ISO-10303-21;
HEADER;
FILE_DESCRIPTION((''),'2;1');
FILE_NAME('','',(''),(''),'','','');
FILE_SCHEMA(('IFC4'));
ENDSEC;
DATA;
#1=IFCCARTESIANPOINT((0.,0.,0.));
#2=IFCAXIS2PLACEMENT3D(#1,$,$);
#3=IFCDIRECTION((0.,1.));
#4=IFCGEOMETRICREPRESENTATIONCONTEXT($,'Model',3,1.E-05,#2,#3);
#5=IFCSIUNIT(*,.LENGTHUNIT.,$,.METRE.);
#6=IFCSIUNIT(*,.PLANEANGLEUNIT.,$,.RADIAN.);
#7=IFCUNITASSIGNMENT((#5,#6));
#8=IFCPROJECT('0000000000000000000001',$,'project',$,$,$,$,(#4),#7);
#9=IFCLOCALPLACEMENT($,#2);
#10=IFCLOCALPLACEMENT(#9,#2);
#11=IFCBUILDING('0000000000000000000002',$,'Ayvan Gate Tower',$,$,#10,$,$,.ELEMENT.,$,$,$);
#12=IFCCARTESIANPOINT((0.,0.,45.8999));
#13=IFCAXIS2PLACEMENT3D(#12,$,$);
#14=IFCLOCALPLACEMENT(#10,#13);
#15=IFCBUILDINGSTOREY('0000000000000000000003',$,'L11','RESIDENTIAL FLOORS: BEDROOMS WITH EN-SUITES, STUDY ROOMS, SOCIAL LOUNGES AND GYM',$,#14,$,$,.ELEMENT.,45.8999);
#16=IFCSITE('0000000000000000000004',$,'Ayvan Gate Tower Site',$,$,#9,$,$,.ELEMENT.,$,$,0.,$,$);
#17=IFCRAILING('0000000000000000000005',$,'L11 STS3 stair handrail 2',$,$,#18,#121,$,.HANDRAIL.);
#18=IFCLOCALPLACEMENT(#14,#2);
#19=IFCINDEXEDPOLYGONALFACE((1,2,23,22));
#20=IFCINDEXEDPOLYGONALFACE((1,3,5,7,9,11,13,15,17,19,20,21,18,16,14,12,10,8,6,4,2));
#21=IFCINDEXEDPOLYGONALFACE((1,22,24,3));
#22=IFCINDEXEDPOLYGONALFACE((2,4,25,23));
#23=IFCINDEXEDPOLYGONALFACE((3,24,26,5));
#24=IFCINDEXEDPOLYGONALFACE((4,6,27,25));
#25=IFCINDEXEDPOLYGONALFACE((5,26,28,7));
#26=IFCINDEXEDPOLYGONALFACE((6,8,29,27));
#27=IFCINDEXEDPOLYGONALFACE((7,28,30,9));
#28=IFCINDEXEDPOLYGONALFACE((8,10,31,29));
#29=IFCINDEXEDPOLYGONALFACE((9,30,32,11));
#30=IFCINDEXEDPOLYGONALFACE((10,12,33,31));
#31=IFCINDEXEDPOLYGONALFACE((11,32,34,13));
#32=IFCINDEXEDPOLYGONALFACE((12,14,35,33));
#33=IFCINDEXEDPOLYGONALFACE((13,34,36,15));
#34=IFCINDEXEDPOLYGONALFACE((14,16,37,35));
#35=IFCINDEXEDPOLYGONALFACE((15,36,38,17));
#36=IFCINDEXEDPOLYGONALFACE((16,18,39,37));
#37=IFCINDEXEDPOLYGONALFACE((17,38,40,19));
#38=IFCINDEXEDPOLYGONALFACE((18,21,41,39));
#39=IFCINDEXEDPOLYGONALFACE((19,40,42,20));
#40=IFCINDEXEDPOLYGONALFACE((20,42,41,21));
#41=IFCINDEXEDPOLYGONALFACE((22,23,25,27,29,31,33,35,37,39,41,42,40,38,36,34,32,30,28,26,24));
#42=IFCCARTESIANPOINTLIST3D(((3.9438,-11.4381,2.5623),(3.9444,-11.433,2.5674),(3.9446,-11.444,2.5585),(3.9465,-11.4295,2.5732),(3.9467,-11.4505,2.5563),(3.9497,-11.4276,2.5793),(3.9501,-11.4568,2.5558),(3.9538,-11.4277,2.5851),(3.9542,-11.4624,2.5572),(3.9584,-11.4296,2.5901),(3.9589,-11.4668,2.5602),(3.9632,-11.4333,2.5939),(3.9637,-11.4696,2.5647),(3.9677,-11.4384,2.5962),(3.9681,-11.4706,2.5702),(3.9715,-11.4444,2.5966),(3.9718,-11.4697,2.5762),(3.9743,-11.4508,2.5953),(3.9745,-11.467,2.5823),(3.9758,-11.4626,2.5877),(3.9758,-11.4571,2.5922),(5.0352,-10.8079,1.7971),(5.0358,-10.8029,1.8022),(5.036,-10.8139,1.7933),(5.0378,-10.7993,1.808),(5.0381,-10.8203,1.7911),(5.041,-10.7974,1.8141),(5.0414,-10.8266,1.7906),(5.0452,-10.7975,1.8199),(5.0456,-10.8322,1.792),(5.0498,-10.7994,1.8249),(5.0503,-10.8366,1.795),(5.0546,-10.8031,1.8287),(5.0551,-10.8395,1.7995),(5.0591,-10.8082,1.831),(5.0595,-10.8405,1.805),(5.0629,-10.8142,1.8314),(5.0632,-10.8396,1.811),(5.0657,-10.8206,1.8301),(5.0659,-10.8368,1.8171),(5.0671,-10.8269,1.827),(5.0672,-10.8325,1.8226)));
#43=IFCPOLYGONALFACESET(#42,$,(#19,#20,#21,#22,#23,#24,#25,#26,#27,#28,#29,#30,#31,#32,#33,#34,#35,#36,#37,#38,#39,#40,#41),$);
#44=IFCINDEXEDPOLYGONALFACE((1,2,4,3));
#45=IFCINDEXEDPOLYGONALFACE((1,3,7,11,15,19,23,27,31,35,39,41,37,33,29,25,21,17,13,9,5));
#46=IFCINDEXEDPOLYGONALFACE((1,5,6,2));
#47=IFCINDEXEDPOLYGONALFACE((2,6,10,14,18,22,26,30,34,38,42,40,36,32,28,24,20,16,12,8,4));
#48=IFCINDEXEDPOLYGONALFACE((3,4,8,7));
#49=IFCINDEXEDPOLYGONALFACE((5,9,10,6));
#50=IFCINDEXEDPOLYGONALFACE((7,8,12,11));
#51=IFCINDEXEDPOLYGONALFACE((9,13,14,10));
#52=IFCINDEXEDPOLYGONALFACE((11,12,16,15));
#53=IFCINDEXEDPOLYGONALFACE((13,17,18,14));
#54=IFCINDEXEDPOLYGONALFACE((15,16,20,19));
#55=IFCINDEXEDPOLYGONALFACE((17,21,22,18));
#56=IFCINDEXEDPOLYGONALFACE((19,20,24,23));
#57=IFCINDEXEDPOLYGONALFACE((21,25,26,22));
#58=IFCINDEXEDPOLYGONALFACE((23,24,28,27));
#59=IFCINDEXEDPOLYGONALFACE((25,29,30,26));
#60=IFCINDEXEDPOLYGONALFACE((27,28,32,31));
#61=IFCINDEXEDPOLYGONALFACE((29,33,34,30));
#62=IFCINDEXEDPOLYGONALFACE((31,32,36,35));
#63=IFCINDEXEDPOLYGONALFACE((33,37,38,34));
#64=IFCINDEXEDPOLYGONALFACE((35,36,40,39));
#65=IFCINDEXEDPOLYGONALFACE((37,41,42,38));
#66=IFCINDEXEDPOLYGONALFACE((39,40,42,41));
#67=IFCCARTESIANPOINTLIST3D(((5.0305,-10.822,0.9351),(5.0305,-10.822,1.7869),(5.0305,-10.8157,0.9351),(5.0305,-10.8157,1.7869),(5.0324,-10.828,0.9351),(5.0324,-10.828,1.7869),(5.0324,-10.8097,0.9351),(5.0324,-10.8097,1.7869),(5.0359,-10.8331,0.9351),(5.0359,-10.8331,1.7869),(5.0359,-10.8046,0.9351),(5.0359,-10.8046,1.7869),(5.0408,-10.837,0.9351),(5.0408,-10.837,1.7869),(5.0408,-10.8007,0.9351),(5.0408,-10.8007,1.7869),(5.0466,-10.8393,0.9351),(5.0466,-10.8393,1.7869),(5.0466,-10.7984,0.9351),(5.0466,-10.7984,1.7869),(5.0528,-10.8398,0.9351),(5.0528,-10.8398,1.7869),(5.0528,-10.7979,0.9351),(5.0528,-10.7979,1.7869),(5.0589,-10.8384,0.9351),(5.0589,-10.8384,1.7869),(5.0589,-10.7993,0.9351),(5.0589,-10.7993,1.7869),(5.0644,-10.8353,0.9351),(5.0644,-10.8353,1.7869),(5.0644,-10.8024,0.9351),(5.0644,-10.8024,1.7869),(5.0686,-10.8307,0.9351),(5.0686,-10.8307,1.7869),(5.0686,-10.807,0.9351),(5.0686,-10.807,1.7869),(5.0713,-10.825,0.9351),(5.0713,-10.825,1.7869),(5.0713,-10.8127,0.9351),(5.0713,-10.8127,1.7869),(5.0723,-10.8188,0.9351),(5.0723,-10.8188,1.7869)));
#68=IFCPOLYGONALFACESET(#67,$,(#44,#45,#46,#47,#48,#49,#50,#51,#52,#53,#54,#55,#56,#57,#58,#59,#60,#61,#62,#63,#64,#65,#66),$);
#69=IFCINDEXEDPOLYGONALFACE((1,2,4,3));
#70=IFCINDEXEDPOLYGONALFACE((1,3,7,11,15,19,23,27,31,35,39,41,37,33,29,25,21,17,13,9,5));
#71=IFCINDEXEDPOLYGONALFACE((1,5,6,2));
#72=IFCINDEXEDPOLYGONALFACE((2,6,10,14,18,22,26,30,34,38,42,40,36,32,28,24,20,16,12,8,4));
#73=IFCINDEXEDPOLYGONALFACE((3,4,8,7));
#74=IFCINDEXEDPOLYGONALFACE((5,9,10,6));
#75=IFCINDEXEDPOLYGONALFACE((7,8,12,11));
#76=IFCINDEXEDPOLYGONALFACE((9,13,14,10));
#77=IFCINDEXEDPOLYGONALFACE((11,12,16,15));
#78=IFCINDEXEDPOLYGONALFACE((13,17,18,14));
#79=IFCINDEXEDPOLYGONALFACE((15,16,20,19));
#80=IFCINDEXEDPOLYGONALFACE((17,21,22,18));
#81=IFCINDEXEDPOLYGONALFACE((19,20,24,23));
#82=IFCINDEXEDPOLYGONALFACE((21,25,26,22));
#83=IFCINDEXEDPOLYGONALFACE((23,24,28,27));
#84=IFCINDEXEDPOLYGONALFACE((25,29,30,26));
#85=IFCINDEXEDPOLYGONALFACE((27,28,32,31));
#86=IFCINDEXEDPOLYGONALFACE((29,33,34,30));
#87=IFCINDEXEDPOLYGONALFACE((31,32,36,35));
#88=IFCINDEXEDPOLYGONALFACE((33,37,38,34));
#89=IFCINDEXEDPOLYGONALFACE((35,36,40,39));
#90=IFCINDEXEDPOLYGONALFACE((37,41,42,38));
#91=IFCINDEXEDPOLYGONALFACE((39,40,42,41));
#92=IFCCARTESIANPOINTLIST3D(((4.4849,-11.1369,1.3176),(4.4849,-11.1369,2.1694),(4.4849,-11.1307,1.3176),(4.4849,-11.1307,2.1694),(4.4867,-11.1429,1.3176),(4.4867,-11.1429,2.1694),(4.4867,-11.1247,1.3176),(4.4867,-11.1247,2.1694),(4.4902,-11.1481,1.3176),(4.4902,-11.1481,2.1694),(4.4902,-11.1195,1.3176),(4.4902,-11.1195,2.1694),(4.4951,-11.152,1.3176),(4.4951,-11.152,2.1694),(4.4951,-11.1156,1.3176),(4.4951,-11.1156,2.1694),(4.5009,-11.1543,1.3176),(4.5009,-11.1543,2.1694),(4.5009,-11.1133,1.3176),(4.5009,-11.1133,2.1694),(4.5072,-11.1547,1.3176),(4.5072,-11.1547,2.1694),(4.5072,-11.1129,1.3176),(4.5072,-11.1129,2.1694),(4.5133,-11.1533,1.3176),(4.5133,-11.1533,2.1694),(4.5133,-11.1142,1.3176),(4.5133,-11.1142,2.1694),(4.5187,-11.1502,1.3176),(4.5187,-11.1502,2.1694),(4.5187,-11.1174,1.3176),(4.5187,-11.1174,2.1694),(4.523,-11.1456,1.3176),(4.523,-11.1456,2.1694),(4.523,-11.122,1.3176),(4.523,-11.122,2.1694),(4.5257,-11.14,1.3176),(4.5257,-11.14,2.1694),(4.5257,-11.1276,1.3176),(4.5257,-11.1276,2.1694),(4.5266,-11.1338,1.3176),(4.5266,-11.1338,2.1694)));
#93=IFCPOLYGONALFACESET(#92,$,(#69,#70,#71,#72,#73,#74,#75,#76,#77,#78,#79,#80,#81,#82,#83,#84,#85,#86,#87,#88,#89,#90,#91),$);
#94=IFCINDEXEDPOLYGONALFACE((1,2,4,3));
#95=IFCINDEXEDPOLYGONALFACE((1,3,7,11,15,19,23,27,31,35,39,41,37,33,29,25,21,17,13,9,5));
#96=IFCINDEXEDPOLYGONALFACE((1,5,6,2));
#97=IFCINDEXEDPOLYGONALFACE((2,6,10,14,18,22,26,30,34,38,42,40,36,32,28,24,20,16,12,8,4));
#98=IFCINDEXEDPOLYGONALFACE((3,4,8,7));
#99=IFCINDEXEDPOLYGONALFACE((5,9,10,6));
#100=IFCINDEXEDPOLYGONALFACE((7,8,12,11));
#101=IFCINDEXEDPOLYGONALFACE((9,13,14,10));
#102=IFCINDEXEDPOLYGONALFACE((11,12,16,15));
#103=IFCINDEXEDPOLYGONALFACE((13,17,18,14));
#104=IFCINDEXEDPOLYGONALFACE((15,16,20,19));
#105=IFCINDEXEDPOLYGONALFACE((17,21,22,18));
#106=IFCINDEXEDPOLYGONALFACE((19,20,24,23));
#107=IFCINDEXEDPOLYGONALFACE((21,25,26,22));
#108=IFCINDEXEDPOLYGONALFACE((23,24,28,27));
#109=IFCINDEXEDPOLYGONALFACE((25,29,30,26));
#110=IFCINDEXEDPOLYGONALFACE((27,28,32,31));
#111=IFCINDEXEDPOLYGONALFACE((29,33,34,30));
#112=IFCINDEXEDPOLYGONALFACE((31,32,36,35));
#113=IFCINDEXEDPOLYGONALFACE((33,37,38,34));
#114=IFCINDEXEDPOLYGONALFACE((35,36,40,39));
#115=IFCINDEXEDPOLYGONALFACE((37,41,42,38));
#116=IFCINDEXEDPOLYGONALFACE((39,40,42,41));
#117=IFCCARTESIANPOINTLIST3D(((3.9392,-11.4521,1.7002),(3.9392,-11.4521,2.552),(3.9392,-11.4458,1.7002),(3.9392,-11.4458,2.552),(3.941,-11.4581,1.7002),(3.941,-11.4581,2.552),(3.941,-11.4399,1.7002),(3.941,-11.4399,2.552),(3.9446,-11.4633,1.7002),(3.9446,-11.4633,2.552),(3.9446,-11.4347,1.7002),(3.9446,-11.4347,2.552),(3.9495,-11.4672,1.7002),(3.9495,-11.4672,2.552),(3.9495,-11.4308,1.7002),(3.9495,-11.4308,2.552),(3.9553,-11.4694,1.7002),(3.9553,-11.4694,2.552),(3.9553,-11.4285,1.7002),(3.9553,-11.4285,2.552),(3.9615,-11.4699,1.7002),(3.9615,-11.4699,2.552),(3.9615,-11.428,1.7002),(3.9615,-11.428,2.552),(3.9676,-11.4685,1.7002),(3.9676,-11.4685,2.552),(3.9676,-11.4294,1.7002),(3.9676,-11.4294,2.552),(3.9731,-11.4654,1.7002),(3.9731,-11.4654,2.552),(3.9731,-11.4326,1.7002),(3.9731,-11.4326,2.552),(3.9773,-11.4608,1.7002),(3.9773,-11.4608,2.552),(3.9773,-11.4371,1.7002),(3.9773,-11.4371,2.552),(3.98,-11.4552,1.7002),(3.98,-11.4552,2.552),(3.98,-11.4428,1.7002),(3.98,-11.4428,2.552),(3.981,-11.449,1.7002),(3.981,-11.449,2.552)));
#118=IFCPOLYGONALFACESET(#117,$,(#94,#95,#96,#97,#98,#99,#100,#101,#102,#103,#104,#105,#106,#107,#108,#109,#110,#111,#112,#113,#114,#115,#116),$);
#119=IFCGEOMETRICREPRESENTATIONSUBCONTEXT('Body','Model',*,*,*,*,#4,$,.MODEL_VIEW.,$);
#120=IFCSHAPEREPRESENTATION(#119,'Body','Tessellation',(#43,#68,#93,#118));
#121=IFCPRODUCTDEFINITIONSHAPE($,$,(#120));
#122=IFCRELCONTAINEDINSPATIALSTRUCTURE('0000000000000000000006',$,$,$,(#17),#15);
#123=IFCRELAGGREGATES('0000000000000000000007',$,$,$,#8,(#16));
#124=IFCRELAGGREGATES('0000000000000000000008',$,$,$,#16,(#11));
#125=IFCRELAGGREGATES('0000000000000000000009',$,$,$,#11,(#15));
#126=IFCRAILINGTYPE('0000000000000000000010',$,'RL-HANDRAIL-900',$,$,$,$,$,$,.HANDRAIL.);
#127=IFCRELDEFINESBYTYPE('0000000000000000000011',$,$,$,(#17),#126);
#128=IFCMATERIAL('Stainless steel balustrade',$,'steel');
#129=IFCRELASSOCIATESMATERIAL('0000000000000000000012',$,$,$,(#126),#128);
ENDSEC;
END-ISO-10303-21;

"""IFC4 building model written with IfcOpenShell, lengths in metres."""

from ifc_helpers import new_model, si_unit, direction, frame, origin, origin_2d, place, context, subcontext, project, spatial, circle, extrude, material, type_object, element, save


model = new_model("IFC4")

# Units and contexts
model_context = context("Model", 3, precision=1e-05, world=origin(), true_north=direction((0.0, 1.0)))
body_context = subcontext(model_context, "Body", "Model", "MODEL_VIEW")
ifc_project = project(units=[si_unit("LENGTHUNIT", "METRE"), si_unit("PLANEANGLEUNIT", "RADIAN")], contexts=[model_context])

# Site, building, storey
site_placement = place(None, origin())
site = spatial("IfcSite", under=ifc_project, at=site_placement, Name="Ayvan Gate Tower Site", CompositionType="ELEMENT", RefElevation=0.0)
building_placement = place(site_placement, origin())
building = spatial("IfcBuilding", under=site, at=building_placement, Name="Ayvan Gate Tower", CompositionType="ELEMENT")
storey_placement = place(building_placement, frame((0.0, 0.0, 45.8999)))
storey = spatial("IfcBuildingStorey", under=building, at=storey_placement, Name="L11", Description="RESIDENTIAL FLOORS: BEDROOMS WITH EN-SUITES, STUDY ROOMS, SOCIAL LOUNGES AND GYM", CompositionType="ELEMENT", Elevation=45.8999)

# Railing
ifc_material_1 = material(Name="Stainless steel balustrade", Category="steel")
railing_type_1 = type_object("IfcRailingType", Name="RL-HANDRAIL-900", PredefinedType="HANDRAIL", material=ifc_material_1)
railing_1_placement = place(storey_placement, frame((5.0513, -10.8188, 0.9351)))
element("IfcRailing", 1, at=railing_1_placement, inside=storey, type_object=railing_type_1, Name="L11 STS3 stair handrail 2", PredefinedType="HANDRAIL", context=body_context, shape_type="SweptSolid", body=[
    extrude(circle(Radius=0.0239, at=origin_2d()), frame((0.0, 0.0, 0.876), z_axis=(-0.740241, -0.427419, 0.518996), x_axis=(0.500035, -0.866005, 0.0)), (0.0, 0.0, 1.0), 1.4744),
    extrude(circle(Radius=0.021, at=origin_2d()), origin(), (0.0, 0.0, 1.0), 0.8518),
    extrude(circle(Radius=0.021, at=origin_2d()), frame((-0.5457, -0.3149, 0.3826)), (0.0, 0.0, 1.0), 0.8518),
    extrude(circle(Radius=0.021, at=origin_2d()), frame((-1.0913, -0.6301, 0.7651)), (0.0, 0.0, 1.0), 0.8518),
])

save(model, "model.ifc")
